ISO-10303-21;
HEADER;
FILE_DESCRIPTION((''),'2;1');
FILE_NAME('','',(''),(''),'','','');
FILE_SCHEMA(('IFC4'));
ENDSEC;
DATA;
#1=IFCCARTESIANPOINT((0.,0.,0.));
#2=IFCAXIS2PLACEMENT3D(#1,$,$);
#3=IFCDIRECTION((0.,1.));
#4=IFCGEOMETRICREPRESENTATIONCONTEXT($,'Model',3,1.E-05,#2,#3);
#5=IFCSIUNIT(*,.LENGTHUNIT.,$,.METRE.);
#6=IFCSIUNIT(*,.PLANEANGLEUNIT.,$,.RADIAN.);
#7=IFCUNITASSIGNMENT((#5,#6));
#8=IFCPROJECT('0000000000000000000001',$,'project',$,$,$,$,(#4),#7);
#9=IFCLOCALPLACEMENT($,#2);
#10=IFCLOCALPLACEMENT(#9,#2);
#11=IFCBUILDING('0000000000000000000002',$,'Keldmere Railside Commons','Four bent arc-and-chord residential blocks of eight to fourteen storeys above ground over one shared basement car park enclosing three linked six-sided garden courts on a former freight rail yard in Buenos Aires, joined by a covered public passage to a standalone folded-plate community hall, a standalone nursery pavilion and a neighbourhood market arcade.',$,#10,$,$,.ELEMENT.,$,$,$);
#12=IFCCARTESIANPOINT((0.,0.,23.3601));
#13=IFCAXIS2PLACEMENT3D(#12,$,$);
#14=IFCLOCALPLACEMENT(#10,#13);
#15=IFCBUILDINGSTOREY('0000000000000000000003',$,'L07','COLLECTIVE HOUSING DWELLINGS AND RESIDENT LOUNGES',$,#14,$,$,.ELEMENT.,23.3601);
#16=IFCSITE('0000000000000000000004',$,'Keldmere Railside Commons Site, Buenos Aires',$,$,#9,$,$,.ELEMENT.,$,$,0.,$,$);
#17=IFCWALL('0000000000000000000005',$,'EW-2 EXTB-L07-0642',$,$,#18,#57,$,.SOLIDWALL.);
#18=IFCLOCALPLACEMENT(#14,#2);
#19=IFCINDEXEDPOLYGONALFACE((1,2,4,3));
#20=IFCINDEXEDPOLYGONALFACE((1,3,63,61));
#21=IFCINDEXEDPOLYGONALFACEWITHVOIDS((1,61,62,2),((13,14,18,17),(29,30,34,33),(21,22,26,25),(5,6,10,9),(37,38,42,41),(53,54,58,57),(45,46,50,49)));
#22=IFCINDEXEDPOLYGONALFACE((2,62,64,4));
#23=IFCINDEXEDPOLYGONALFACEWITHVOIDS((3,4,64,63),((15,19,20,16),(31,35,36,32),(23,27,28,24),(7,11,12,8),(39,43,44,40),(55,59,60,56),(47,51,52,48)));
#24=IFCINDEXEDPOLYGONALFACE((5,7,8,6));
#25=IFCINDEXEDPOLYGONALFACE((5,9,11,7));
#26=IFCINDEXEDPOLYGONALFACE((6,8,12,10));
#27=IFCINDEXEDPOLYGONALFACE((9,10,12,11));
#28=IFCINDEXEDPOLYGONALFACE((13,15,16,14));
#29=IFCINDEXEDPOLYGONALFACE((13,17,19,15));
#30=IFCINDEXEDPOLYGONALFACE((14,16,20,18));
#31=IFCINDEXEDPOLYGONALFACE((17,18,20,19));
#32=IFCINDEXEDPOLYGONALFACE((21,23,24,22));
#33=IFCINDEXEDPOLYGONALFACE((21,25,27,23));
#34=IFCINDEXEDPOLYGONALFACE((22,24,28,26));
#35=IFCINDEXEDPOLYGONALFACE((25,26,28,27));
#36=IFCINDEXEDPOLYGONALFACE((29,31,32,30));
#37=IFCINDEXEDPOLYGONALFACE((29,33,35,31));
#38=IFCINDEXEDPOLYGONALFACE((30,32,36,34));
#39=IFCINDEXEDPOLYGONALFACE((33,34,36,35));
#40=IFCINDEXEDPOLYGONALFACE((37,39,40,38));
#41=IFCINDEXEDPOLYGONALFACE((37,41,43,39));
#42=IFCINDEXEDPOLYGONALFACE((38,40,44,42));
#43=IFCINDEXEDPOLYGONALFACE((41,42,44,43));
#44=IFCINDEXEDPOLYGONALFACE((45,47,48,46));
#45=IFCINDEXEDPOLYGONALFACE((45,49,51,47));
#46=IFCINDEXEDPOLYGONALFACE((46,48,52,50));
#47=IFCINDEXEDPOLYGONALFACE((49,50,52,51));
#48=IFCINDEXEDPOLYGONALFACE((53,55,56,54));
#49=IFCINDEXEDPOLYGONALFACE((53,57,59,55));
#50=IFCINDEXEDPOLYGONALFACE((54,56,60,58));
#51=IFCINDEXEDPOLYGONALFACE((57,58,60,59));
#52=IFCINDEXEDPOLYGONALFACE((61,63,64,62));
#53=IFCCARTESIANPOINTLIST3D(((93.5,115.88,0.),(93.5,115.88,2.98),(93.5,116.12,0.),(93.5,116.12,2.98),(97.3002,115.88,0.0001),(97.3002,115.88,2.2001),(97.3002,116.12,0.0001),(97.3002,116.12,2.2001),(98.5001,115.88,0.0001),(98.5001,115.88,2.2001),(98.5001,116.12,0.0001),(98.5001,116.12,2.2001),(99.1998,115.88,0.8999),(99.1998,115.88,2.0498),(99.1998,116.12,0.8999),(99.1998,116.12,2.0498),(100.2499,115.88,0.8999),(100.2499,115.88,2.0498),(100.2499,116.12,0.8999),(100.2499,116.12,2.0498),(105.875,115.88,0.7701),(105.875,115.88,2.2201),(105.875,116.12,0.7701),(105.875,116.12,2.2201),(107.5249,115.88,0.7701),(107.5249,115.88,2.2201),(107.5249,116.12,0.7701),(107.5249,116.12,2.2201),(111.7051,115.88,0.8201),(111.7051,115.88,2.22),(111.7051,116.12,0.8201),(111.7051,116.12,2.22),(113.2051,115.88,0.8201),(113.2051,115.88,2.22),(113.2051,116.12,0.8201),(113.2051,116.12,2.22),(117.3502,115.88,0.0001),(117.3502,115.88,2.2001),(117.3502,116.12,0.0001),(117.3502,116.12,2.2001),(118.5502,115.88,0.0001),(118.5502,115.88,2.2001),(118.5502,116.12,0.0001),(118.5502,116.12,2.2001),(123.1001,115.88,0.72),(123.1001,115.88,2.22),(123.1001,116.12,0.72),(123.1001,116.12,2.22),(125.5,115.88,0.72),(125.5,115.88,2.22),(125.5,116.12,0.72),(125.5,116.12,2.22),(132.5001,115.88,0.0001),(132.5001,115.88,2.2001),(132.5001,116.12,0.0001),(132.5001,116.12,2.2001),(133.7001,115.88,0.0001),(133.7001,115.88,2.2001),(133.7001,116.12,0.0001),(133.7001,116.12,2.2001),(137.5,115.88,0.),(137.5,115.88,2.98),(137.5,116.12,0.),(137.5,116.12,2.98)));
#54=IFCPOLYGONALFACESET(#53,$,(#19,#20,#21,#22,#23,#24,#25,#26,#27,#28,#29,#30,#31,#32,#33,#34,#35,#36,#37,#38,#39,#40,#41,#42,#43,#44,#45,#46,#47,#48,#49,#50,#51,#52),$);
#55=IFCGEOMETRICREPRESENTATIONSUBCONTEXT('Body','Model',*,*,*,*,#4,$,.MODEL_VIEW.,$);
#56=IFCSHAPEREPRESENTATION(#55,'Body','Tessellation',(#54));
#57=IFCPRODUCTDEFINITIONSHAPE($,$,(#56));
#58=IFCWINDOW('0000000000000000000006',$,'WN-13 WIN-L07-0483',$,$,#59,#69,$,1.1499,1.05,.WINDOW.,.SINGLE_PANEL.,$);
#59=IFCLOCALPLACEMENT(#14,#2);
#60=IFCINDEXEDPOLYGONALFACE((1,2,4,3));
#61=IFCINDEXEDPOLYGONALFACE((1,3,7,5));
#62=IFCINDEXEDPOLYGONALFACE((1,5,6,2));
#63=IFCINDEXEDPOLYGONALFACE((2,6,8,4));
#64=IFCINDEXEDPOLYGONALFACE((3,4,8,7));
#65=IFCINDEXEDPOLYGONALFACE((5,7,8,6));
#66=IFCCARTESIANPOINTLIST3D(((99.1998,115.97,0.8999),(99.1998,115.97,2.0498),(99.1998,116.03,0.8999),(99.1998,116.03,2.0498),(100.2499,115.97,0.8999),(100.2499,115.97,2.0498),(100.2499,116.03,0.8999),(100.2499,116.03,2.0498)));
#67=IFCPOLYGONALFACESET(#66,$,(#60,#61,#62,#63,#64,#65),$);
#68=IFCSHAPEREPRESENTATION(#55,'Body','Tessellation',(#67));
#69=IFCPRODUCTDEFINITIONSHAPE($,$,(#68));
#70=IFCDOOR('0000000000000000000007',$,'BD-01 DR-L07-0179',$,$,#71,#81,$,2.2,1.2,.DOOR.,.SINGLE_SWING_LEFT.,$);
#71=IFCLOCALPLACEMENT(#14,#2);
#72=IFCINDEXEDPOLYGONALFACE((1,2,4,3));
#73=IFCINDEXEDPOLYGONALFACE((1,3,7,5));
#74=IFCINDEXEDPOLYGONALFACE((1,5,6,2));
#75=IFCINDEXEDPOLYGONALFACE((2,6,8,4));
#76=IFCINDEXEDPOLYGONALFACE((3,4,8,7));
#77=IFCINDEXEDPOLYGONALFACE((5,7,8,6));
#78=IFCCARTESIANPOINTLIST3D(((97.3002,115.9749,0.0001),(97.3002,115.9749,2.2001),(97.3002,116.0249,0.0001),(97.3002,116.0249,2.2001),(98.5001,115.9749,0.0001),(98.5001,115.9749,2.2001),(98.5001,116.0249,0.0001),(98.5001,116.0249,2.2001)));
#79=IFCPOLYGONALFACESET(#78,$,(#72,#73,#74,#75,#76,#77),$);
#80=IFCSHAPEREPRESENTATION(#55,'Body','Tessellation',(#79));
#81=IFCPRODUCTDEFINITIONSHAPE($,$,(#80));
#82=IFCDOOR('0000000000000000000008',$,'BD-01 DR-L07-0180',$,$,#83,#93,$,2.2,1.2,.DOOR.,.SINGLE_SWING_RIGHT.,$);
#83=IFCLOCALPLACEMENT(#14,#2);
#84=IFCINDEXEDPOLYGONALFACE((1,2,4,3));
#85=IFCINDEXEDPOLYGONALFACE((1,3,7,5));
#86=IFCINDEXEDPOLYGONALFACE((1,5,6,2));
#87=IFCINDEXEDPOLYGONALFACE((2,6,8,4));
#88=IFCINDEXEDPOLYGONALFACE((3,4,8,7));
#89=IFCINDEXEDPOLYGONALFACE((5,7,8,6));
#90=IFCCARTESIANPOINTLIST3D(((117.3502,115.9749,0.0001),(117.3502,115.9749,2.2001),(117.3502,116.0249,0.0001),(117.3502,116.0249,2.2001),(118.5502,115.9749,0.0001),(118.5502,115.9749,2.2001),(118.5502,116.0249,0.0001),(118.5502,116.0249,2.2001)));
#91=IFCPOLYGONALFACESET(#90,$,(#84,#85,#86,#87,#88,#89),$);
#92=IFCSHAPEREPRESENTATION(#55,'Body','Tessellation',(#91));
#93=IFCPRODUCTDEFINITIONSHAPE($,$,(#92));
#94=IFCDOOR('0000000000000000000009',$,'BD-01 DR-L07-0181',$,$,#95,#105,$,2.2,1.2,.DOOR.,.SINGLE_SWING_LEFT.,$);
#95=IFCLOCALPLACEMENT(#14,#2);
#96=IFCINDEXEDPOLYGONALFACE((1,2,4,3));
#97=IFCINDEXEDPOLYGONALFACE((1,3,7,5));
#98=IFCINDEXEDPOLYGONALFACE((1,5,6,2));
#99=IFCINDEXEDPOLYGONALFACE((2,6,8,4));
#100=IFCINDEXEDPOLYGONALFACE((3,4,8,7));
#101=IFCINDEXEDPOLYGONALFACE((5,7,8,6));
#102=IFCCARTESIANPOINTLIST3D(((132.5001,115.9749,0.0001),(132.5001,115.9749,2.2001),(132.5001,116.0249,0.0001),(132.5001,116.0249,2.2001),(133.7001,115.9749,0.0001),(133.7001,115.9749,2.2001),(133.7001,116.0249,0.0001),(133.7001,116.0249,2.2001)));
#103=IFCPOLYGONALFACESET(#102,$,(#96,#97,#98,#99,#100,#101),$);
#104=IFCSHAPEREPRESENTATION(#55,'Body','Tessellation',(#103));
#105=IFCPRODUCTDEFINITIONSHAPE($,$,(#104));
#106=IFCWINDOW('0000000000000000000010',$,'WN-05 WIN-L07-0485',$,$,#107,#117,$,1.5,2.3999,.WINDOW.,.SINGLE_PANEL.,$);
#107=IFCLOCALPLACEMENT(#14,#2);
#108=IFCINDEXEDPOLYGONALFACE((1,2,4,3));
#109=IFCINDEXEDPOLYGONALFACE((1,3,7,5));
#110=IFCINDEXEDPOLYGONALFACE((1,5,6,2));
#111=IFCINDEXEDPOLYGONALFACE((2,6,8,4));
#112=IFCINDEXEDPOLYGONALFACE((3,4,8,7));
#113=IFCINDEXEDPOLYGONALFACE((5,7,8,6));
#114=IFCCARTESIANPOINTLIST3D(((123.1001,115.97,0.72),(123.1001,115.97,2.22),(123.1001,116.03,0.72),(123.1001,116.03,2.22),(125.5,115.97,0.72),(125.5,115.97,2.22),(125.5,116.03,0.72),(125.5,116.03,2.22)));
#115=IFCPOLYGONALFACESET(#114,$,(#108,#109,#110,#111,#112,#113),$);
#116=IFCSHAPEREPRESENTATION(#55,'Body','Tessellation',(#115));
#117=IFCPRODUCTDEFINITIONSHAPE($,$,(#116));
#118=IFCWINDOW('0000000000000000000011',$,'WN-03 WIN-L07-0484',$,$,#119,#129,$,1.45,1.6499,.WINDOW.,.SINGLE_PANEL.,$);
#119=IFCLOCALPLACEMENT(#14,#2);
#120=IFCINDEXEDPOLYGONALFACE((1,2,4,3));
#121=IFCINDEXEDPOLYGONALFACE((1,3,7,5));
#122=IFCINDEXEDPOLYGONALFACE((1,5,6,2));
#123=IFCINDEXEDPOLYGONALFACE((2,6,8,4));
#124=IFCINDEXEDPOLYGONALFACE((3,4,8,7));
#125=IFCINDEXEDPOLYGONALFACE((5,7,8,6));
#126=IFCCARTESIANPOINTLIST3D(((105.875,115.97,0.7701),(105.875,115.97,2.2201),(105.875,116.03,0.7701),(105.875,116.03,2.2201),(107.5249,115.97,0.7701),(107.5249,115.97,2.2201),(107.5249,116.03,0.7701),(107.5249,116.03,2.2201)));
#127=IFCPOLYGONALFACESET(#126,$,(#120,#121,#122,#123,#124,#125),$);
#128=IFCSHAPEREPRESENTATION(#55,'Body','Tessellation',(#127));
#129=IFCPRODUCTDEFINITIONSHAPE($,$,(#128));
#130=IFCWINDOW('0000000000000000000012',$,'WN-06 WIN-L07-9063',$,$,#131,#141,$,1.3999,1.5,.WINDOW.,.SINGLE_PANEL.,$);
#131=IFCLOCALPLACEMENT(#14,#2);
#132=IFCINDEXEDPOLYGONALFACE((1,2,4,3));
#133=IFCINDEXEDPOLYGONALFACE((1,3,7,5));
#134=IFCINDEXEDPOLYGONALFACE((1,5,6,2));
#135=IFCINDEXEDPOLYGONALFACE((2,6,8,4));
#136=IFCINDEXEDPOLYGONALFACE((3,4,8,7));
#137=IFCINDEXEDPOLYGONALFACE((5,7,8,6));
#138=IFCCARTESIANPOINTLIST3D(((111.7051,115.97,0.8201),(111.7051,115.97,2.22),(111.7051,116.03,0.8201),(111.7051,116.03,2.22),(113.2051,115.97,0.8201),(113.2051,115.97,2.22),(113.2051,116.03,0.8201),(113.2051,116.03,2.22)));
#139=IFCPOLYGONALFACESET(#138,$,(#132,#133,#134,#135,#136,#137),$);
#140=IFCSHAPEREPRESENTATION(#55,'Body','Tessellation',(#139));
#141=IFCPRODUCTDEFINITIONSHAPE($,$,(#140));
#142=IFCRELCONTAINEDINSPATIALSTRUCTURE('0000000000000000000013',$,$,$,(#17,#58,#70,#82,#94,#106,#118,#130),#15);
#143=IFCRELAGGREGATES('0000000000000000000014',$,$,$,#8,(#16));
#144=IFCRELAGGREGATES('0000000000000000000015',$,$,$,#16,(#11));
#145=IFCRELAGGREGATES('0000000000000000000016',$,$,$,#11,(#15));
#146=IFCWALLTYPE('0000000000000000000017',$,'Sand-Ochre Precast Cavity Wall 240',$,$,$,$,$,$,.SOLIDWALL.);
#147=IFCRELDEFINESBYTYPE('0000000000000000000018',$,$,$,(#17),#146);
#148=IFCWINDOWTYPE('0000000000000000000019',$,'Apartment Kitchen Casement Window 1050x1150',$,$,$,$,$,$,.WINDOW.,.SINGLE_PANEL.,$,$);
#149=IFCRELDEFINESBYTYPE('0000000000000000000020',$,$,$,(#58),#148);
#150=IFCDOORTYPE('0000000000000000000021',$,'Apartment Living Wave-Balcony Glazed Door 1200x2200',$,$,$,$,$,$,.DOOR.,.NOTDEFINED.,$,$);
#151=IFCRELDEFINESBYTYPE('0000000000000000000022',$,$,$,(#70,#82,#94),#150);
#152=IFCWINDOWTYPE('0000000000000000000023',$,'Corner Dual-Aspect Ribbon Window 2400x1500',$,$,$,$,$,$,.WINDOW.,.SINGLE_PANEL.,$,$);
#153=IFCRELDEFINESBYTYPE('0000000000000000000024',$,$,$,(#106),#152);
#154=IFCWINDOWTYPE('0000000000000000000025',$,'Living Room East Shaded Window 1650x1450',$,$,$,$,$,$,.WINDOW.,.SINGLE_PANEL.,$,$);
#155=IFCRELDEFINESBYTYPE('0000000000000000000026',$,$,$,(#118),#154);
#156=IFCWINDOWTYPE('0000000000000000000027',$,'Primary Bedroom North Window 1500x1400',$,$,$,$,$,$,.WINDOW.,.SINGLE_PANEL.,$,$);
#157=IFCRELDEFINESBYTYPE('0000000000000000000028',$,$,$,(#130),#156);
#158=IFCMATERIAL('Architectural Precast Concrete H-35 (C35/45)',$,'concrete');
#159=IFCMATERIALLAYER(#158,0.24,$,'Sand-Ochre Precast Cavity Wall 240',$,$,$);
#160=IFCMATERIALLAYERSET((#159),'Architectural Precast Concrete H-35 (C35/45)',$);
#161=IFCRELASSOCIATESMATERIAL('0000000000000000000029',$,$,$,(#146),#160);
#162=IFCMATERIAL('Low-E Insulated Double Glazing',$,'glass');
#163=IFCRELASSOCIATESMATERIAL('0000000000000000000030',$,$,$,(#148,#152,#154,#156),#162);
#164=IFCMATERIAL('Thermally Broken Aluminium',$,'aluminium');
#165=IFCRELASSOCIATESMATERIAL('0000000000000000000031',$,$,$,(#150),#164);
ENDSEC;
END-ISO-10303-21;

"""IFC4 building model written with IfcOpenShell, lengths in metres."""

from ifc_helpers import new_model, si_unit, direction, frame, frame_2d, origin, place, context, subcontext, project, spatial, rectangle, extrude, material, layer, layer_set, type_object, element, fill, save


model = new_model("IFC4")

# Units and contexts
model_context = context("Model", 3, precision=1e-05, world=origin(), true_north=direction((0.0, 1.0)))
body_context = subcontext(model_context, "Body", "Model", "MODEL_VIEW")
ifc_project = project(units=[si_unit("LENGTHUNIT", "METRE"), si_unit("PLANEANGLEUNIT", "RADIAN")], contexts=[model_context])

# Site, building, storey
site_placement = place(None, origin())
site = spatial("IfcSite", under=ifc_project, at=site_placement, Name="Keldmere Railside Commons Site, Buenos Aires", CompositionType="ELEMENT", RefElevation=0.0)
building_placement = place(site_placement, origin())
building = spatial("IfcBuilding", under=site, at=building_placement, Name="Keldmere Railside Commons", Description="Four bent arc-and-chord residential blocks of eight to fourteen storeys above ground over one shared basement car park enclosing three linked six-sided garden courts on a former freight rail yard in Buenos Aires, joined by a covered public passage to a standalone folded-plate community hall, a standalone nursery pavilion and a neighbourhood market arcade.", CompositionType="ELEMENT")
storey_placement = place(building_placement, frame((0.0, 0.0, 23.3601)))
storey = spatial("IfcBuildingStorey", under=building, at=storey_placement, Name="L07", Description="COLLECTIVE HOUSING DWELLINGS AND RESIDENT LOUNGES", CompositionType="ELEMENT", Elevation=23.3601)

# Wall, openings, windows, doors
ifc_material_1 = material(Name="Architectural Precast Concrete H-35 (C35/45)", Category="concrete")
ifc_layer_1 = layer(ifc_material_1, 0.24, Name="Sand-Ochre Precast Cavity Wall 240")
ifc_layer_set_1 = layer_set([ifc_layer_1], Name="Architectural Precast Concrete H-35 (C35/45)")
wall_type_1 = type_object("IfcWallType", Name="Sand-Ochre Precast Cavity Wall 240", PredefinedType="SOLIDWALL", material=ifc_layer_set_1)
wall_1_placement = place(storey_placement, frame((93.5, 116.0, 0.0), z_axis=(0.0, 0.0, 1.0), x_axis=(1.0, 0.0, 0.0)))
wall_1 = element("IfcWall", 1, at=wall_1_placement, inside=storey, type_object=wall_type_1, Name="EW-2 EXTB-L07-0642", PredefinedType="SOLIDWALL", context=body_context, shape_type="SweptSolid", body=[
    extrude(rectangle(XDim=44.0, YDim=0.24, at=frame_2d((22.0, 0.0))), origin(), (0.0, 0.0, 1.0), 2.98),
])
opening_1_placement = place(wall_1_placement, frame((3.8, 0.0, 0.0)))
opening_1 = element("IfcOpeningElement", 2, at=opening_1_placement, cuts=wall_1, PredefinedType="OPENING", context=body_context, shape_type="SweptSolid", body=[
    extrude(rectangle(XDim=1.2, YDim=2.2, at=frame_2d((0.6001, 1.1001))), frame((0.0, 0.1299, 0.0), z_axis=(0.0, -1.0, 0.0), x_axis=(1.0, 0.0, 0.0)), (0.0, 0.0, 1.0), 0.26),
])
opening_2_placement = place(wall_1_placement, frame((5.7, 0.0, 0.8999)))
opening_2 = element("IfcOpeningElement", 3, at=opening_2_placement, cuts=wall_1, PredefinedType="OPENING", context=body_context, shape_type="SweptSolid", body=[
    extrude(rectangle(XDim=1.05, YDim=1.1499, at=frame_2d((0.5249, 0.575))), frame((0.0, 0.1299, 0.0), z_axis=(0.0, -1.0, 0.0), x_axis=(1.0, 0.0, 0.0)), (0.0, 0.0, 1.0), 0.26),
])
opening_3_placement = place(wall_1_placement, frame((12.375, 0.0, 0.77)))
opening_3 = element("IfcOpeningElement", 4, at=opening_3_placement, cuts=wall_1, PredefinedType="OPENING", context=body_context, shape_type="SweptSolid", body=[
    extrude(rectangle(XDim=1.6499, YDim=1.45, at=frame_2d((0.825, 0.7251))), frame((0.0, 0.1299, 0.0), z_axis=(0.0, -1.0, 0.0), x_axis=(1.0, 0.0, 0.0)), (0.0, 0.0, 1.0), 0.26),
])
opening_4_placement = place(wall_1_placement, frame((23.8501, 0.0, 0.0)))
opening_4 = element("IfcOpeningElement", 5, at=opening_4_placement, cuts=wall_1, PredefinedType="OPENING", context=body_context, shape_type="SweptSolid", body=[
    extrude(rectangle(XDim=1.2, YDim=2.2, at=frame_2d((0.6001, 1.1001))), frame((0.0, 0.1299, 0.0), z_axis=(0.0, -1.0, 0.0), x_axis=(1.0, 0.0, 0.0)), (0.0, 0.0, 1.0), 0.26),
])
opening_5_placement = place(wall_1_placement, frame((29.6001, 0.0, 0.72)))
opening_5 = element("IfcOpeningElement", 6, at=opening_5_placement, cuts=wall_1, PredefinedType="OPENING", context=body_context, shape_type="SweptSolid", body=[
    extrude(rectangle(XDim=2.3999, YDim=1.5, at=frame_2d((1.2, 0.75))), frame((0.0, 0.1299, 0.0), z_axis=(0.0, -1.0, 0.0), x_axis=(1.0, 0.0, 0.0)), (0.0, 0.0, 1.0), 0.26),
])
opening_6_placement = place(wall_1_placement, frame((39.0, 0.0, 0.0)))
opening_6 = element("IfcOpeningElement", 7, at=opening_6_placement, cuts=wall_1, PredefinedType="OPENING", context=body_context, shape_type="SweptSolid", body=[
    extrude(rectangle(XDim=1.2, YDim=2.2, at=frame_2d((0.6001, 1.1001))), frame((0.0, 0.1299, 0.0), z_axis=(0.0, -1.0, 0.0), x_axis=(1.0, 0.0, 0.0)), (0.0, 0.0, 1.0), 0.26),
])
opening_7_placement = place(wall_1_placement, frame((18.2051, 0.0, 0.8201)))
opening_7 = element("IfcOpeningElement", 8, at=opening_7_placement, cuts=wall_1, PredefinedType="OPENING", context=body_context, shape_type="SweptSolid", body=[
    extrude(rectangle(XDim=1.5, YDim=1.3999, at=frame_2d((0.75, 0.7))), frame((0.0, 0.1299, 0.0), z_axis=(0.0, -1.0, 0.0), x_axis=(1.0, 0.0, 0.0)), (0.0, 0.0, 1.0), 0.26),
])
ifc_material_2 = material(Name="Low-E Insulated Double Glazing", Category="glass")
window_type_1 = type_object("IfcWindowType", Name="Apartment Kitchen Casement Window 1050x1150", PartitioningType="SINGLE_PANEL", PredefinedType="WINDOW", material=ifc_material_2)
window_1_placement = place(opening_2_placement, origin())
window_1 = element("IfcWindow", 9, at=window_1_placement, inside=storey, type_object=window_type_1, Name="WN-13 WIN-L07-0483", OverallHeight=1.1499, OverallWidth=1.05, PartitioningType="SINGLE_PANEL", PredefinedType="WINDOW", context=body_context, shape_type="SweptSolid", body=[
    extrude(rectangle(XDim=1.05, YDim=1.1499, at=frame_2d((0.5249, 0.575))), frame((0.0, 0.03, 0.0), z_axis=(0.0, -1.0, 0.0), x_axis=(1.0, 0.0, 0.0)), (0.0, 0.0, 1.0), 0.0601),
])
fill(opening_2, window_1)
ifc_material_3 = material(Name="Thermally Broken Aluminium", Category="aluminium")
door_type_1 = type_object("IfcDoorType", Name="Apartment Living Wave-Balcony Glazed Door 1200x2200", OperationType="NOTDEFINED", PredefinedType="DOOR", material=ifc_material_3)
door_1_placement = place(opening_1_placement, origin())
door_1 = element("IfcDoor", 10, at=door_1_placement, inside=storey, type_object=door_type_1, Name="BD-01 DR-L07-0179", OperationType="SINGLE_SWING_LEFT", OverallHeight=2.2, OverallWidth=1.2, PredefinedType="DOOR", context=body_context, shape_type="SweptSolid", body=[
    extrude(rectangle(XDim=1.2, YDim=2.2, at=frame_2d((0.6001, 1.1001))), frame((0.0, 0.0249, 0.0), z_axis=(0.0, -1.0, 0.0), x_axis=(1.0, 0.0, 0.0)), (0.0, 0.0, 1.0), 0.05),
])
fill(opening_1, door_1)
door_2_placement = place(opening_4_placement, origin())
door_2 = element("IfcDoor", 11, at=door_2_placement, inside=storey, type_object=door_type_1, Name="BD-01 DR-L07-0180", OperationType="SINGLE_SWING_RIGHT", OverallHeight=2.2, OverallWidth=1.2, PredefinedType="DOOR", context=body_context, shape_type="SweptSolid", body=[
    extrude(rectangle(XDim=1.2, YDim=2.2, at=frame_2d((0.6001, 1.1001))), frame((0.0, 0.0249, 0.0), z_axis=(0.0, -1.0, 0.0), x_axis=(1.0, 0.0, 0.0)), (0.0, 0.0, 1.0), 0.05),
])
fill(opening_4, door_2)
door_3_placement = place(opening_6_placement, origin())
door_3 = element("IfcDoor", 12, at=door_3_placement, inside=storey, type_object=door_type_1, Name="BD-01 DR-L07-0181", OperationType="SINGLE_SWING_LEFT", OverallHeight=2.2, OverallWidth=1.2, PredefinedType="DOOR", context=body_context, shape_type="SweptSolid", body=[
    extrude(rectangle(XDim=1.2, YDim=2.2, at=frame_2d((0.6001, 1.1001))), frame((0.0, 0.0249, 0.0), z_axis=(0.0, -1.0, 0.0), x_axis=(1.0, 0.0, 0.0)), (0.0, 0.0, 1.0), 0.05),
])
fill(opening_6, door_3)
window_type_2 = type_object("IfcWindowType", Name="Corner Dual-Aspect Ribbon Window 2400x1500", PartitioningType="SINGLE_PANEL", PredefinedType="WINDOW", material=ifc_material_2)
window_2_placement = place(opening_5_placement, origin())
window_2 = element("IfcWindow", 13, at=window_2_placement, inside=storey, type_object=window_type_2, Name="WN-05 WIN-L07-0485", OverallHeight=1.5, OverallWidth=2.3999, PartitioningType="SINGLE_PANEL", PredefinedType="WINDOW", context=body_context, shape_type="SweptSolid", body=[
    extrude(rectangle(XDim=2.3999, YDim=1.5, at=frame_2d((1.2, 0.75))), frame((0.0, 0.03, 0.0), z_axis=(0.0, -1.0, 0.0), x_axis=(1.0, 0.0, 0.0)), (0.0, 0.0, 1.0), 0.0601),
])
fill(opening_5, window_2)
window_type_3 = type_object("IfcWindowType", Name="Living Room East Shaded Window 1650x1450", PartitioningType="SINGLE_PANEL", PredefinedType="WINDOW", material=ifc_material_2)
window_3_placement = place(opening_3_placement, origin())
window_3 = element("IfcWindow", 14, at=window_3_placement, inside=storey, type_object=window_type_3, Name="WN-03 WIN-L07-0484", OverallHeight=1.45, OverallWidth=1.6499, PartitioningType="SINGLE_PANEL", PredefinedType="WINDOW", context=body_context, shape_type="SweptSolid", body=[
    extrude(rectangle(XDim=1.6499, YDim=1.45, at=frame_2d((0.825, 0.7251))), frame((0.0, 0.03, 0.0), z_axis=(0.0, -1.0, 0.0), x_axis=(1.0, 0.0, 0.0)), (0.0, 0.0, 1.0), 0.0601),
])
fill(opening_3, window_3)
window_type_4 = type_object("IfcWindowType", Name="Primary Bedroom North Window 1500x1400", PartitioningType="SINGLE_PANEL", PredefinedType="WINDOW", material=ifc_material_2)
window_4_placement = place(opening_7_placement, origin())
window_4 = element("IfcWindow", 15, at=window_4_placement, inside=storey, type_object=window_type_4, Name="WN-06 WIN-L07-9063", OverallHeight=1.3999, OverallWidth=1.5, PartitioningType="SINGLE_PANEL", PredefinedType="WINDOW", context=body_context, shape_type="SweptSolid", body=[
    extrude(rectangle(XDim=1.5, YDim=1.3999, at=frame_2d((0.75, 0.7))), frame((0.0, 0.03, 0.0), z_axis=(0.0, -1.0, 0.0), x_axis=(1.0, 0.0, 0.0)), (0.0, 0.0, 1.0), 0.0601),
])
fill(opening_7, window_4)

save(model, "model.ifc")
